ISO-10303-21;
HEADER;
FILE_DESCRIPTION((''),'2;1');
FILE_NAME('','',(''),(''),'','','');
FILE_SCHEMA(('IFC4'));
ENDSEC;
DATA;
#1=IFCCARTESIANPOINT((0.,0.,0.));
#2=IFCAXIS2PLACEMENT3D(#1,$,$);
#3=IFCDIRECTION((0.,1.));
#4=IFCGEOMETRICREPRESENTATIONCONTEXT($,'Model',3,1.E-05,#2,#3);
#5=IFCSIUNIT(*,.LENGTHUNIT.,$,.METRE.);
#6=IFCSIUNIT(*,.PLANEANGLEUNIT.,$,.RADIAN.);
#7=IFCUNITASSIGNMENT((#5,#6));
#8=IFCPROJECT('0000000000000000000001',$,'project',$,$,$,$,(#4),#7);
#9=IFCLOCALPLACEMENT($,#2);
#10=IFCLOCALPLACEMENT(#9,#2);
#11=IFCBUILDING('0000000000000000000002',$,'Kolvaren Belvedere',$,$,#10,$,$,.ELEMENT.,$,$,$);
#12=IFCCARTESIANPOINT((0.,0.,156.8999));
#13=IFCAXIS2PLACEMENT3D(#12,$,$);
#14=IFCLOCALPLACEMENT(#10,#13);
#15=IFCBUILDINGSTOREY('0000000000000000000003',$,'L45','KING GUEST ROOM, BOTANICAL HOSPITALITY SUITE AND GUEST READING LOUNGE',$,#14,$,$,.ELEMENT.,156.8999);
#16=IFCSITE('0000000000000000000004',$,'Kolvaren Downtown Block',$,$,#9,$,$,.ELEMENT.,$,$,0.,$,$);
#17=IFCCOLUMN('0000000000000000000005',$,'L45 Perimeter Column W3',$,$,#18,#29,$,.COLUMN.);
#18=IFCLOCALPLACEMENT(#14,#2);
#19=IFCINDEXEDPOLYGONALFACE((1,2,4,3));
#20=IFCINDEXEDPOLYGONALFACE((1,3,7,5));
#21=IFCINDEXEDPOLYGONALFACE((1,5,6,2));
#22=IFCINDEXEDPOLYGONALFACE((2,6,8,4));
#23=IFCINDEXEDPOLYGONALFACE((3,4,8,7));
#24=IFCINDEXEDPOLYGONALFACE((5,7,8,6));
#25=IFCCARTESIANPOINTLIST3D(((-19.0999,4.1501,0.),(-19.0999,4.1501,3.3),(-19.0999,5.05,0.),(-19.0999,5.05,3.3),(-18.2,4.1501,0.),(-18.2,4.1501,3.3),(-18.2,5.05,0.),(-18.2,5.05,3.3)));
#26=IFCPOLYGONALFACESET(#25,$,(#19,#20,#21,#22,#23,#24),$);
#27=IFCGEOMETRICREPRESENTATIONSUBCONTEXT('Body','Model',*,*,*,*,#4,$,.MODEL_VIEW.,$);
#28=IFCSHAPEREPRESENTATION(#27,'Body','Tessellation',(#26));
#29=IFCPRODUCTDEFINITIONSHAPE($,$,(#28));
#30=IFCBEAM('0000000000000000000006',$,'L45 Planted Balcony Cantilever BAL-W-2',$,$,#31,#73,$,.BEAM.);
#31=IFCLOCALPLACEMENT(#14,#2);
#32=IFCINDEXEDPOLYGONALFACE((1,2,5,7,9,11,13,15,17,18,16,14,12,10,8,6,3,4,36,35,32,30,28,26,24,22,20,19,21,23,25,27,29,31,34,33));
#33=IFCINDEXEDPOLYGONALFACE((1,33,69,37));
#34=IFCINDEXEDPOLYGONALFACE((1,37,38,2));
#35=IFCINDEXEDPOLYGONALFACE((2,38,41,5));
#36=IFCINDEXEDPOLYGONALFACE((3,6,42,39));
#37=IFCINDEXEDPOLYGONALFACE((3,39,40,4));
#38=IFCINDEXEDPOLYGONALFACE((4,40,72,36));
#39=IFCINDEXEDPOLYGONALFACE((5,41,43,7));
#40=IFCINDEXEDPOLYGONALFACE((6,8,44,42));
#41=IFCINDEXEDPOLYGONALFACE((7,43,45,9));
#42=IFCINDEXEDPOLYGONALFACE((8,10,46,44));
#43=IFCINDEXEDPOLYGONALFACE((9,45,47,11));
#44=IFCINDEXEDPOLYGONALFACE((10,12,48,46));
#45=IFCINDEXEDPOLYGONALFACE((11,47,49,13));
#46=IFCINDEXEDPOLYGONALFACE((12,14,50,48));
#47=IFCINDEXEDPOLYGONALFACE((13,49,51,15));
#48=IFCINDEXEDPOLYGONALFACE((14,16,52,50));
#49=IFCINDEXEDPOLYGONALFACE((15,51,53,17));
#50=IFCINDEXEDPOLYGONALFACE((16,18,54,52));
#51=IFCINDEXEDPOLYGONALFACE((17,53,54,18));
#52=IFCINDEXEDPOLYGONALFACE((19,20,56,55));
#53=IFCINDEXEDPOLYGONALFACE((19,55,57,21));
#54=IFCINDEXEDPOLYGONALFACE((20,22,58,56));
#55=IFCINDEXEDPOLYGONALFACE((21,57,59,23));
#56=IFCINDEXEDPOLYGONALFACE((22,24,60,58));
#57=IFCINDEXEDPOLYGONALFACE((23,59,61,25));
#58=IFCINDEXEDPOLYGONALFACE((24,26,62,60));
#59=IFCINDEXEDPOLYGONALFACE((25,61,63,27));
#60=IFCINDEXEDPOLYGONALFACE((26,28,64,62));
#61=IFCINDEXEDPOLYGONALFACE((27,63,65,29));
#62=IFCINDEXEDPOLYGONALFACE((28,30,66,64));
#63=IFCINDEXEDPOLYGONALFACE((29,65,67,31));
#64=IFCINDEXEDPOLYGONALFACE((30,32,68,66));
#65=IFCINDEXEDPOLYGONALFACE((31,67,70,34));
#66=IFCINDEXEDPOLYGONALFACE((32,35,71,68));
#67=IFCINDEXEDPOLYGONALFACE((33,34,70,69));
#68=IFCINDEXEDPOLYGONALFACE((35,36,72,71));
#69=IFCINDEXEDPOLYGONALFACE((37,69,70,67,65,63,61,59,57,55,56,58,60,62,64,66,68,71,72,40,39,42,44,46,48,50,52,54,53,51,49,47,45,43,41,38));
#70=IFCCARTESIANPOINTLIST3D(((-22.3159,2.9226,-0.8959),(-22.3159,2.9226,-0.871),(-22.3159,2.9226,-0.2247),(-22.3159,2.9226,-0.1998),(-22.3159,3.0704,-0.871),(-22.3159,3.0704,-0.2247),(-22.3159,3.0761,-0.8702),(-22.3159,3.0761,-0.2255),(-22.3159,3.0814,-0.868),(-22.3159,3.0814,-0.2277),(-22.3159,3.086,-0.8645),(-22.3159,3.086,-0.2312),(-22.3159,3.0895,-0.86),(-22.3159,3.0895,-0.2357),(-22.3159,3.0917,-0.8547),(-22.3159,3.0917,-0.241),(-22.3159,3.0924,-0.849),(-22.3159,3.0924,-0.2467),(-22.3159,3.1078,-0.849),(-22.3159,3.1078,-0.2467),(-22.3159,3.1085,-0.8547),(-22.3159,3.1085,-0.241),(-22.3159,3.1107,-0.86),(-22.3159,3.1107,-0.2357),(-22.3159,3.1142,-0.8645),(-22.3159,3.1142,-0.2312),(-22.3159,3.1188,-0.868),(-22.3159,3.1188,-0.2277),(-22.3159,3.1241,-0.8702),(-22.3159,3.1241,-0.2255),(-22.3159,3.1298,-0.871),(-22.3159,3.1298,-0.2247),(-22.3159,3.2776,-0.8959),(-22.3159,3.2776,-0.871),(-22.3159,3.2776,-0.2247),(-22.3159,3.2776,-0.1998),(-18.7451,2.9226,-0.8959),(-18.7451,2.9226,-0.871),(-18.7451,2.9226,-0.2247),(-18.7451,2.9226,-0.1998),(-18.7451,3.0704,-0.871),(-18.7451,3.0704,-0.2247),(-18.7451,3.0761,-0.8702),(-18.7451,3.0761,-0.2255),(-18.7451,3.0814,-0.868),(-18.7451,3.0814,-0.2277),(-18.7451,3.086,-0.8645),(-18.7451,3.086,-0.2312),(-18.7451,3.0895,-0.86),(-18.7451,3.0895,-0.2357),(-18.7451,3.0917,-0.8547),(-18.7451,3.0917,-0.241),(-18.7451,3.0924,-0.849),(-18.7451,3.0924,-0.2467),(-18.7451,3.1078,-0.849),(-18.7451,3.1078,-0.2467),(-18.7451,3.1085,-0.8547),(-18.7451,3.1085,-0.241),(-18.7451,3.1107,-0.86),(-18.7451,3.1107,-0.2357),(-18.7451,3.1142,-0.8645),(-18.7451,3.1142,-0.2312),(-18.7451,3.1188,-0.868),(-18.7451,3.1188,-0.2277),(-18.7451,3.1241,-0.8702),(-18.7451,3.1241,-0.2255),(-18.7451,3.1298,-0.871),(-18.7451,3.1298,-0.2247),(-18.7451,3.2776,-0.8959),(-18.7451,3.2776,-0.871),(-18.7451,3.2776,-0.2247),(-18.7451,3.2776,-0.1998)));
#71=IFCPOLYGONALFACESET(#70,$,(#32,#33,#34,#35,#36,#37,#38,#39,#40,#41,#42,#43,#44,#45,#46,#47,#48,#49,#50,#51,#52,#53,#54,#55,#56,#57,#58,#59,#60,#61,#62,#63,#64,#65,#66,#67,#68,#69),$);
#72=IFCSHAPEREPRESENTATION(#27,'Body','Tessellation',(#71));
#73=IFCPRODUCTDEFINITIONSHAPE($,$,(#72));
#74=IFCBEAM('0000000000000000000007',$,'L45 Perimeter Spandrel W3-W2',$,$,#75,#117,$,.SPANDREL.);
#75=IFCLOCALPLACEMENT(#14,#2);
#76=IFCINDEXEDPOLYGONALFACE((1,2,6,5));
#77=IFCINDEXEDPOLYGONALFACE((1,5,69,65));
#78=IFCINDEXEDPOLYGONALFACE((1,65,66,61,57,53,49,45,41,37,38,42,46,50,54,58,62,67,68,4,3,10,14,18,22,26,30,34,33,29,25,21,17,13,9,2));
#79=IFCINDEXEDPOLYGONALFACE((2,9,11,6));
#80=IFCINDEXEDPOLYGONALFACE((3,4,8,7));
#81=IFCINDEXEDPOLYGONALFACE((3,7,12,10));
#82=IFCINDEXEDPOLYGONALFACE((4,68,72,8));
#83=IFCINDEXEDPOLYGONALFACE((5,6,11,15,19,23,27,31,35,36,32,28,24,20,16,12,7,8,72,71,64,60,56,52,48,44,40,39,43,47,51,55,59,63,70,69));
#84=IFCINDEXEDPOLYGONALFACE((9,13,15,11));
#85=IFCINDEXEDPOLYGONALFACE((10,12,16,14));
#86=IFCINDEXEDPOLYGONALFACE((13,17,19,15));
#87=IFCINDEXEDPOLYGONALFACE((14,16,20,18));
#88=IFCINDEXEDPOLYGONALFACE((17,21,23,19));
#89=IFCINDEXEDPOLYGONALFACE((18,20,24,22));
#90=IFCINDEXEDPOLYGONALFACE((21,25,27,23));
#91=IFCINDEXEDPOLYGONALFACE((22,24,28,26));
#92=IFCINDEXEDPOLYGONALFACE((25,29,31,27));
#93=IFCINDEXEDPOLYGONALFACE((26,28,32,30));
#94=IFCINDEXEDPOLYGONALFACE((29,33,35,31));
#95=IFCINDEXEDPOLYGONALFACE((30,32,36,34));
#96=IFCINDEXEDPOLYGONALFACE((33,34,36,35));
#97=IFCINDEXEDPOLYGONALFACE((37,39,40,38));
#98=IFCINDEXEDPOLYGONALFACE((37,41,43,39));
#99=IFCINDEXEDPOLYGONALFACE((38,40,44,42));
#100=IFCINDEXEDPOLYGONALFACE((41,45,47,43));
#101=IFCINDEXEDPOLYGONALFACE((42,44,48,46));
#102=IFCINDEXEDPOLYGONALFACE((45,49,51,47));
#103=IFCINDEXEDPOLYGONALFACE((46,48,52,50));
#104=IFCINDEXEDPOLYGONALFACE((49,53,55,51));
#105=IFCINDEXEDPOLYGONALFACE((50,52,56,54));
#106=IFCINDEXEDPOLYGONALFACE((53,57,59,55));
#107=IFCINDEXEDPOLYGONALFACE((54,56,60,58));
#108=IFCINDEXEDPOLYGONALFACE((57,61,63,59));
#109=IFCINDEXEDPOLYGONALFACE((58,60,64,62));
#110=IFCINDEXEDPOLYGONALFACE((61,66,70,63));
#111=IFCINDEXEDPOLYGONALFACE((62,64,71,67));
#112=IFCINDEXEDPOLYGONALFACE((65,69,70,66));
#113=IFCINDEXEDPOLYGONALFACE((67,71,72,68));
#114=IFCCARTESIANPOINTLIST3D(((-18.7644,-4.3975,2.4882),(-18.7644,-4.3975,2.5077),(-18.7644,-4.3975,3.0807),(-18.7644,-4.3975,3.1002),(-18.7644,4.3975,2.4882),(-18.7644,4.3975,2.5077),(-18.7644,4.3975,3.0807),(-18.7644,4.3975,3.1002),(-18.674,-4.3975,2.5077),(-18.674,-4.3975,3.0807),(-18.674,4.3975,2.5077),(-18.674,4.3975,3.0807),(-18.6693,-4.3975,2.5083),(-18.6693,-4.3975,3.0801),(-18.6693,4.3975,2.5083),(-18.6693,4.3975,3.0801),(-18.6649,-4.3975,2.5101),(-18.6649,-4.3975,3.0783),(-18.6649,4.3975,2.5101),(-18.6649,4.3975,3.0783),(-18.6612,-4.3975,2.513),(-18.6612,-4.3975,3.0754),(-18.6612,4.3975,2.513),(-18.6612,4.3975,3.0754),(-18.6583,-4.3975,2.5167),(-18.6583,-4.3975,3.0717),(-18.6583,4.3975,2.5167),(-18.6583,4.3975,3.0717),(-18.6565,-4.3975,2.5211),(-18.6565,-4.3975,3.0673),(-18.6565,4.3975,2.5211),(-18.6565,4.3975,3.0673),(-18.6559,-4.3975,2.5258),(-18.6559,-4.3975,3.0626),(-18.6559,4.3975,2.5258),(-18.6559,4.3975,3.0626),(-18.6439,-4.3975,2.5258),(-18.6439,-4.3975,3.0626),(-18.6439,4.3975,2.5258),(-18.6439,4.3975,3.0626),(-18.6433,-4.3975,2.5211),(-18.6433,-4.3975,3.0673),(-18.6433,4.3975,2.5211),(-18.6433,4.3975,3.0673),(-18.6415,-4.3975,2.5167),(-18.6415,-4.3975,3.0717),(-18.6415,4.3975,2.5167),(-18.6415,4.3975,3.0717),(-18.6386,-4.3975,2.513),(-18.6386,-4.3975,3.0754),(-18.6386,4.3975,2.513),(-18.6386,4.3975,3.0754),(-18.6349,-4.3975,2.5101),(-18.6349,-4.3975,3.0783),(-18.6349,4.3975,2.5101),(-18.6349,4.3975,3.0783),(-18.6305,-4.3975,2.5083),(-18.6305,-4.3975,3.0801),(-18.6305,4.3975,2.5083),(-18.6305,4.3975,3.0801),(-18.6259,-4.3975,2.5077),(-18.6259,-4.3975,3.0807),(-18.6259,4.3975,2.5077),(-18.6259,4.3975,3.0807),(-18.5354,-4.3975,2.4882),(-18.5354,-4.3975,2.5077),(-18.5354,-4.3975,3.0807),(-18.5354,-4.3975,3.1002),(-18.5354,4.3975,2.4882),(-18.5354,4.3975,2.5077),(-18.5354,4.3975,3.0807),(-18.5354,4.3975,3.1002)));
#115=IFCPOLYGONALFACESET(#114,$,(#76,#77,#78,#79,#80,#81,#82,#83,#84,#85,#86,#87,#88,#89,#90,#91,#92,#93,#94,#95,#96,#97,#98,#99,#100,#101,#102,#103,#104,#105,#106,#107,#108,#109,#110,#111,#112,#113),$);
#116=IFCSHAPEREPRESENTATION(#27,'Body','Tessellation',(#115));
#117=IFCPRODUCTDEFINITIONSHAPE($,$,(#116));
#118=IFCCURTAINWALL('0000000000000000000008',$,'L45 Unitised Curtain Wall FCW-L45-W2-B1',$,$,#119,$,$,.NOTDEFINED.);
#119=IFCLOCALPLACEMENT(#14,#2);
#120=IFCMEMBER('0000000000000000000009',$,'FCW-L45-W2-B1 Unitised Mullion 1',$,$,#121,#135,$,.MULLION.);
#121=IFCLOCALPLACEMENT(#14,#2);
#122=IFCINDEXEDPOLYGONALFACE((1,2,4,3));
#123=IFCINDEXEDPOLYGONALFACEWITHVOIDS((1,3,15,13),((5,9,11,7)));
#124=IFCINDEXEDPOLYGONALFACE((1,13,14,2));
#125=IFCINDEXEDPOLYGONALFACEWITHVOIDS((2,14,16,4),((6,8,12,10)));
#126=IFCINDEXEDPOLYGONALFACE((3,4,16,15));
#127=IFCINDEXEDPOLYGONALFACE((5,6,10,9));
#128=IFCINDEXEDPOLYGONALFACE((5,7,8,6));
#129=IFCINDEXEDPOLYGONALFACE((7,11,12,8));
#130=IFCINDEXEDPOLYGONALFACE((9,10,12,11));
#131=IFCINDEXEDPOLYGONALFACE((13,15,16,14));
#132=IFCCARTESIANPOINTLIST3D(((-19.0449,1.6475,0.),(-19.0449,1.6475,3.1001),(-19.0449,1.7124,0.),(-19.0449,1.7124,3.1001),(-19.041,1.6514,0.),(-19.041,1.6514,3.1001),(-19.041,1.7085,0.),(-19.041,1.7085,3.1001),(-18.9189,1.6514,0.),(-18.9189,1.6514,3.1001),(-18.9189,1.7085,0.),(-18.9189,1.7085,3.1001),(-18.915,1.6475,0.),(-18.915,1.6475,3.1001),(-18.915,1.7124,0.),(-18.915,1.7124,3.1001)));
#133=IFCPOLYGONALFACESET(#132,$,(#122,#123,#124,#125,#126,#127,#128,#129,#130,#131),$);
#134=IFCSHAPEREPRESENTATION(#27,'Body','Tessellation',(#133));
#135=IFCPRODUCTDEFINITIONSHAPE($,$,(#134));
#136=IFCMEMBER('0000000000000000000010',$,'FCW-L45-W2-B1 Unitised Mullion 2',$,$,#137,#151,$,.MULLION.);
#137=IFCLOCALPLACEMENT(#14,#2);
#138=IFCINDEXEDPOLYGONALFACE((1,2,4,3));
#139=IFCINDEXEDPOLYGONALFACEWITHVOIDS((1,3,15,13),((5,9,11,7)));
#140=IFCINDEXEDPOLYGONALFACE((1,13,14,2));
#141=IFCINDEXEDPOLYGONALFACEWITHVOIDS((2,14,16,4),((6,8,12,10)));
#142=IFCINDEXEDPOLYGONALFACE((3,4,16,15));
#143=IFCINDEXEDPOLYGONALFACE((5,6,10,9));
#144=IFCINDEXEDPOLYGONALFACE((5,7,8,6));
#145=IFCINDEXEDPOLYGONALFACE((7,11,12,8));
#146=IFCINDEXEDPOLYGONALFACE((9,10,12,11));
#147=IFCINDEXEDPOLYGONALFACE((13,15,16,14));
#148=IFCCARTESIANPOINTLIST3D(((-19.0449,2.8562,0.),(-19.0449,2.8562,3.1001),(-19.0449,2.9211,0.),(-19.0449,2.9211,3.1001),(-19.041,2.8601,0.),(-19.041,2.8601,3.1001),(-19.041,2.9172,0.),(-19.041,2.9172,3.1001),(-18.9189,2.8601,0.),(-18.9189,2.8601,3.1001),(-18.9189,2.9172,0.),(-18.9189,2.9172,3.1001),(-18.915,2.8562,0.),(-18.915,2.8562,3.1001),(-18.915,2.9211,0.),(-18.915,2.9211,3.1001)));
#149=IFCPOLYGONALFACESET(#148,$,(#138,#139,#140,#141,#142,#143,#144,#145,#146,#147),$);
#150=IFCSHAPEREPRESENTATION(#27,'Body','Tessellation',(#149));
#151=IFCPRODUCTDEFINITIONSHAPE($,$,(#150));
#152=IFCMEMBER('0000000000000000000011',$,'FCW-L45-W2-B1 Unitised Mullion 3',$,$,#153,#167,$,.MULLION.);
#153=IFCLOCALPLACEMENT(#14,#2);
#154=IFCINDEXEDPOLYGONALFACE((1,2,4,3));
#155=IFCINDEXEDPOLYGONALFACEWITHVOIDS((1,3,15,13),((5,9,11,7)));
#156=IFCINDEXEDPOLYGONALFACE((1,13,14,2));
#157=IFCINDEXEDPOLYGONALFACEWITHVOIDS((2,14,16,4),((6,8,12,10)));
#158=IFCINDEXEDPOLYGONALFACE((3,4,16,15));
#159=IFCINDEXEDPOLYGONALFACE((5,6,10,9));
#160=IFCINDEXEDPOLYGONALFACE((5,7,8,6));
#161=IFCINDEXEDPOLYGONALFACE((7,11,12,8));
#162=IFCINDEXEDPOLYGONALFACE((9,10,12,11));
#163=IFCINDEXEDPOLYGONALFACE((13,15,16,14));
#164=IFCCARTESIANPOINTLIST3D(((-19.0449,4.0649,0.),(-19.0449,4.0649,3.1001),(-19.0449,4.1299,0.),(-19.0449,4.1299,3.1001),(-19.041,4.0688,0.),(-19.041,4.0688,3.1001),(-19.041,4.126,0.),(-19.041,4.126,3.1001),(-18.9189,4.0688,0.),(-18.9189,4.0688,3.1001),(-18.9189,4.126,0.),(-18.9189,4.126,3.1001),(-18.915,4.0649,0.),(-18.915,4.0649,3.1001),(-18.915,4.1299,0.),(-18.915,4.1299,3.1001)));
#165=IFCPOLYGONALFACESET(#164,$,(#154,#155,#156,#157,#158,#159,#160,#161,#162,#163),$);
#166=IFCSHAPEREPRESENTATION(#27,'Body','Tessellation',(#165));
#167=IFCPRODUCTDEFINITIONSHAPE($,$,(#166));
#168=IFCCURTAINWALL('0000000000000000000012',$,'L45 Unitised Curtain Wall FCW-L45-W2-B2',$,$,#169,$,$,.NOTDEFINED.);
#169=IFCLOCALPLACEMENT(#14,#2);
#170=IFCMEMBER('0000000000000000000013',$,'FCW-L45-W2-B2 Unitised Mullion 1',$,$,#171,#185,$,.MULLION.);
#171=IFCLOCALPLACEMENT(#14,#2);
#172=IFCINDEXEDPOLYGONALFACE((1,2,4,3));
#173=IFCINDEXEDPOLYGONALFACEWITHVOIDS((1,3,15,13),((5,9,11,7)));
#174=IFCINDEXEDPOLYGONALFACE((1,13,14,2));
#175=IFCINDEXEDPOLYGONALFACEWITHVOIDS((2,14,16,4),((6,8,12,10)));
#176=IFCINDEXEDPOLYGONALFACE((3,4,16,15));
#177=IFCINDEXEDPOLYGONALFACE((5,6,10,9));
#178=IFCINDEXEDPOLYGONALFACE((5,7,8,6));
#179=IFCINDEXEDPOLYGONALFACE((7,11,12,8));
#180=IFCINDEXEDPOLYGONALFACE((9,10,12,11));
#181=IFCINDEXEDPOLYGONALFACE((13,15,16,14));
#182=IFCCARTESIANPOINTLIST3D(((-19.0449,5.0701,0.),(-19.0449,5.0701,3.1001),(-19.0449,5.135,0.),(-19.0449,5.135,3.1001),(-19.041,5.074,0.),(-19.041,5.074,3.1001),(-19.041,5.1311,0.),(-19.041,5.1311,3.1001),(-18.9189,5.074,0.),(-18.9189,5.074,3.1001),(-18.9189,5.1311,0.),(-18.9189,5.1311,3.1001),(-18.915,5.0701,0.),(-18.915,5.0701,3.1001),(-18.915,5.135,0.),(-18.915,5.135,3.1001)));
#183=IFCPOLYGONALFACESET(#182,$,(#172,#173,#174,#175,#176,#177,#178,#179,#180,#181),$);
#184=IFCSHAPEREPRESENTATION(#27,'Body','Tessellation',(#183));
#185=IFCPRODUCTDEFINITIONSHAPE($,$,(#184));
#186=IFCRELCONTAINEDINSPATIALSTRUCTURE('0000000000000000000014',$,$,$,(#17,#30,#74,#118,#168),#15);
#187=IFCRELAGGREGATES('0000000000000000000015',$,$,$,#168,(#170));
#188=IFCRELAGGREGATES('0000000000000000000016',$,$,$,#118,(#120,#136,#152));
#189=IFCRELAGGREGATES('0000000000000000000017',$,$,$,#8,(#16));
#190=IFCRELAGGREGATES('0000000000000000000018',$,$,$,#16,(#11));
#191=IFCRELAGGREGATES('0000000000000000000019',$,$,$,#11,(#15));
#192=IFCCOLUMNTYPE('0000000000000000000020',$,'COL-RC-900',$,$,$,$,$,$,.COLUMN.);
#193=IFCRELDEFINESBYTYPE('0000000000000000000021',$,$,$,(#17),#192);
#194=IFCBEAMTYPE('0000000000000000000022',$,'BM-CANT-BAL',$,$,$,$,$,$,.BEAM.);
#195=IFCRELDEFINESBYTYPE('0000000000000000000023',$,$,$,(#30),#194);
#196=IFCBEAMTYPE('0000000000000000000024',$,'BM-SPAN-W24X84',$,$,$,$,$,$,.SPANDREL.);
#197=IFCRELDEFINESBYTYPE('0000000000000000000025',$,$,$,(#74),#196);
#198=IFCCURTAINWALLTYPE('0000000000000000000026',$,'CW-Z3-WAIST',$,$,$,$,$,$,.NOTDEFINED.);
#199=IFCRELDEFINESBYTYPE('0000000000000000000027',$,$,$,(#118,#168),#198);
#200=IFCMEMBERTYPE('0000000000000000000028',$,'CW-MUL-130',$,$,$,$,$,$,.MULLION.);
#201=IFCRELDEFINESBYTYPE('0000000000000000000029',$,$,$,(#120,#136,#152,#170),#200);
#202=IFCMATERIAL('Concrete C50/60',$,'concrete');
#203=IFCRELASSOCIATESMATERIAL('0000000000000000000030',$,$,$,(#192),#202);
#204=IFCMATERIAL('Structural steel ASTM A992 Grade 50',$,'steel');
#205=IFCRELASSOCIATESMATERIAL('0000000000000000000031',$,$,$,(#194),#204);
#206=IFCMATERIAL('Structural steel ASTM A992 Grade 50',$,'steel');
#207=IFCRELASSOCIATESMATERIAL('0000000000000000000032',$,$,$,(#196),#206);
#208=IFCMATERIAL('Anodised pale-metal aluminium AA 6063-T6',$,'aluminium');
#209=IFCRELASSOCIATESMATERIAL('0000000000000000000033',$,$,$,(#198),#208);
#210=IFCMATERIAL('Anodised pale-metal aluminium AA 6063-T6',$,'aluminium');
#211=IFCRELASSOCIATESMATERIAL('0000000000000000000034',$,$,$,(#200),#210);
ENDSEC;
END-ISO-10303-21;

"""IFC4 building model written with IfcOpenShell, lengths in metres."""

from ifc_helpers import new_model, si_unit, direction, frame, origin, origin_2d, place, context, subcontext, project, spatial, rectangle, hollow_rectangle, i_section, extrude, material, material_profile, profile_set, type_object, element, aggregate, save


model = new_model("IFC4")

# Units and contexts
model_context = context("Model", 3, precision=1e-05, world=origin(), true_north=direction((0.0, 1.0)))
body_context = subcontext(model_context, "Body", "Model", "MODEL_VIEW")
ifc_project = project(units=[si_unit("LENGTHUNIT", "METRE"), si_unit("PLANEANGLEUNIT", "RADIAN")], contexts=[model_context])

# Site, building, storey
site_placement = place(None, origin())
site = spatial("IfcSite", under=ifc_project, at=site_placement, Name="Kolvaren Downtown Block", CompositionType="ELEMENT", RefElevation=0.0)
building_placement = place(site_placement, origin())
building = spatial("IfcBuilding", under=site, at=building_placement, Name="Kolvaren Belvedere", CompositionType="ELEMENT")
storey_placement = place(building_placement, frame((0.0, 0.0, 156.8999)))
storey = spatial("IfcBuildingStorey", under=building, at=storey_placement, Name="L45", Description="KING GUEST ROOM, BOTANICAL HOSPITALITY SUITE AND GUEST READING LOUNGE", CompositionType="ELEMENT", Elevation=156.8999)

# Column
ifc_material_1 = material(Name="Concrete C50/60", Category="concrete")
ifc_material_profile_1 = material_profile(ifc_material_1, rectangle(XDim=0.8999, YDim=0.8999, at=origin_2d()), Name="RC 900X900")
ifc_profile_set_1 = profile_set([ifc_material_profile_1], Name="Concrete C50/60")
column_type = type_object("IfcColumnType", Name="COL-RC-900", PredefinedType="COLUMN", material=ifc_profile_set_1)
column_placement = place(storey_placement, frame((-18.6499, 4.6001, 0.0), z_axis=(0.0, 0.0, 1.0), x_axis=(1.0, 0.0, 0.0)))
element("IfcColumn", 1, at=column_placement, inside=storey, type_object=column_type, Name="L45 Perimeter Column W3", PredefinedType="COLUMN", context=body_context, shape_type="SweptSolid", body=[
    extrude(rectangle(XDim=0.8999, YDim=0.8999, at=origin_2d()), origin(), (0.0, 0.0, 1.0), 3.3),
])

# Beams
ifc_material_2 = material(Name="Structural steel ASTM A992 Grade 50", Category="steel")
ifc_material_profile_2 = material_profile(ifc_material_2, i_section(OverallWidth=0.355, OverallDepth=0.696, WebThickness=0.0154, FlangeThickness=0.0249, FilletRadius=0.022, at=origin_2d()), Name="W27X146")
ifc_profile_set_2 = profile_set([ifc_material_profile_2], Name="Structural steel ASTM A992 Grade 50")
beam_type_1 = type_object("IfcBeamType", Name="BM-CANT-BAL", PredefinedType="BEAM", material=ifc_profile_set_2)
beam_1_placement = place(storey_placement, frame((-18.7451, 3.1001, -0.5479), z_axis=(-1.0, 0.0, 0.0), x_axis=(0.0, -1.0, 0.0)))
element("IfcBeam", 2, at=beam_1_placement, inside=storey, type_object=beam_type_1, Name="L45 Planted Balcony Cantilever BAL-W-2", PredefinedType="BEAM", context=body_context, shape_type="SweptSolid", body=[
    extrude(i_section(OverallWidth=0.355, OverallDepth=0.696, WebThickness=0.0154, FlangeThickness=0.0249, FilletRadius=0.022, at=origin_2d()), origin(), (0.0, 0.0, 1.0), 3.5708),
])
ifc_material_3 = material(Name="Structural steel ASTM A992 Grade 50", Category="steel")
ifc_material_profile_3 = material_profile(ifc_material_3, i_section(OverallWidth=0.229, OverallDepth=0.6121, WebThickness=0.012, FlangeThickness=0.0195, FilletRadius=0.0181, at=origin_2d()), Name="W24X84")
ifc_profile_set_3 = profile_set([ifc_material_profile_3], Name="Structural steel ASTM A992 Grade 50")
beam_type_2 = type_object("IfcBeamType", Name="BM-SPAN-W24X84", PredefinedType="SPANDREL", material=ifc_profile_set_3)
beam_2_placement = place(storey_placement, frame((-18.6499, 4.3975, 2.7942), z_axis=(0.0, -1.0, 0.0), x_axis=(1.0, 0.0, 0.0)))
element("IfcBeam", 3, at=beam_2_placement, inside=storey, type_object=beam_type_2, Name="L45 Perimeter Spandrel W3-W2", PredefinedType="SPANDREL", context=body_context, shape_type="SweptSolid", body=[
    extrude(i_section(OverallWidth=0.229, OverallDepth=0.6121, WebThickness=0.012, FlangeThickness=0.0195, FilletRadius=0.0181, at=origin_2d()), origin(), (0.0, 0.0, 1.0), 8.7949),
])

# Curtain wall, members
ifc_material_4 = material(Name="Anodised pale-metal aluminium AA 6063-T6", Category="aluminium")
curtain_wall_type = type_object("IfcCurtainWallType", Name="CW-Z3-WAIST", PredefinedType="NOTDEFINED", material=ifc_material_4)
curtain_wall_1_placement = place(storey_placement, origin())
curtain_wall_1 = element("IfcCurtainWall", 4, at=curtain_wall_1_placement, inside=storey, type_object=curtain_wall_type, Name="L45 Unitised Curtain Wall FCW-L45-W2-B1", PredefinedType="NOTDEFINED")
ifc_material_5 = material(Name="Anodised pale-metal aluminium AA 6063-T6", Category="aluminium")
ifc_material_profile_4 = material_profile(ifc_material_5, hollow_rectangle(XDim=0.0649, YDim=0.1299, WallThickness=0.0039, at=origin_2d()), Name="ALU-MUL-130X65")
ifc_profile_set_4 = profile_set([ifc_material_profile_4], Name="Anodised pale-metal aluminium AA 6063-T6")
member_type_1 = type_object("IfcMemberType", Name="CW-MUL-130", PredefinedType="MULLION", material=ifc_profile_set_4)
member_1_placement = place(storey_placement, frame((-18.98, 1.6799, 0.0), z_axis=(0.0, 0.0, 1.0), x_axis=(0.0, 1.0, 0.0)))
member_1 = element("IfcMember", 5, at=member_1_placement, type_object=member_type_1, Name="FCW-L45-W2-B1 Unitised Mullion 1", PredefinedType="MULLION", context=body_context, shape_type="SweptSolid", body=[
    extrude(hollow_rectangle(XDim=0.0649, YDim=0.1299, WallThickness=0.0039, at=origin_2d()), origin(), (0.0, 0.0, 1.0), 3.1001),
])
member_2_placement = place(storey_placement, frame((-18.98, 2.8887, 0.0), z_axis=(0.0, 0.0, 1.0), x_axis=(0.0, 1.0, 0.0)))
member_2 = element("IfcMember", 6, at=member_2_placement, type_object=member_type_1, Name="FCW-L45-W2-B1 Unitised Mullion 2", PredefinedType="MULLION", context=body_context, shape_type="SweptSolid", body=[
    extrude(hollow_rectangle(XDim=0.0649, YDim=0.1299, WallThickness=0.0039, at=origin_2d()), origin(), (0.0, 0.0, 1.0), 3.1001),
])
member_3_placement = place(storey_placement, frame((-18.98, 4.0974, 0.0), z_axis=(0.0, 0.0, 1.0), x_axis=(0.0, 1.0, 0.0)))
member_3 = element("IfcMember", 7, at=member_3_placement, type_object=member_type_1, Name="FCW-L45-W2-B1 Unitised Mullion 3", PredefinedType="MULLION", context=body_context, shape_type="SweptSolid", body=[
    extrude(hollow_rectangle(XDim=0.0649, YDim=0.1299, WallThickness=0.0039, at=origin_2d()), origin(), (0.0, 0.0, 1.0), 3.1001),
])

# Curtain wall, member
curtain_wall_2_placement = place(storey_placement, origin())
curtain_wall_2 = element("IfcCurtainWall", 8, at=curtain_wall_2_placement, inside=storey, type_object=curtain_wall_type, Name="L45 Unitised Curtain Wall FCW-L45-W2-B2", PredefinedType="NOTDEFINED")
member_4_placement = place(storey_placement, frame((-18.98, 5.1025, 0.0), z_axis=(0.0, 0.0, 1.0), x_axis=(0.0, 1.0, 0.0)))
member_4 = element("IfcMember", 9, at=member_4_placement, type_object=member_type_1, Name="FCW-L45-W2-B2 Unitised Mullion 1", PredefinedType="MULLION", context=body_context, shape_type="SweptSolid", body=[
    extrude(hollow_rectangle(XDim=0.0649, YDim=0.1299, WallThickness=0.0039, at=origin_2d()), origin(), (0.0, 0.0, 1.0), 3.1001),
])

aggregate(curtain_wall_2, [member_4])

aggregate(curtain_wall_1, [member_1, member_2, member_3])

save(model, "model.ifc")
